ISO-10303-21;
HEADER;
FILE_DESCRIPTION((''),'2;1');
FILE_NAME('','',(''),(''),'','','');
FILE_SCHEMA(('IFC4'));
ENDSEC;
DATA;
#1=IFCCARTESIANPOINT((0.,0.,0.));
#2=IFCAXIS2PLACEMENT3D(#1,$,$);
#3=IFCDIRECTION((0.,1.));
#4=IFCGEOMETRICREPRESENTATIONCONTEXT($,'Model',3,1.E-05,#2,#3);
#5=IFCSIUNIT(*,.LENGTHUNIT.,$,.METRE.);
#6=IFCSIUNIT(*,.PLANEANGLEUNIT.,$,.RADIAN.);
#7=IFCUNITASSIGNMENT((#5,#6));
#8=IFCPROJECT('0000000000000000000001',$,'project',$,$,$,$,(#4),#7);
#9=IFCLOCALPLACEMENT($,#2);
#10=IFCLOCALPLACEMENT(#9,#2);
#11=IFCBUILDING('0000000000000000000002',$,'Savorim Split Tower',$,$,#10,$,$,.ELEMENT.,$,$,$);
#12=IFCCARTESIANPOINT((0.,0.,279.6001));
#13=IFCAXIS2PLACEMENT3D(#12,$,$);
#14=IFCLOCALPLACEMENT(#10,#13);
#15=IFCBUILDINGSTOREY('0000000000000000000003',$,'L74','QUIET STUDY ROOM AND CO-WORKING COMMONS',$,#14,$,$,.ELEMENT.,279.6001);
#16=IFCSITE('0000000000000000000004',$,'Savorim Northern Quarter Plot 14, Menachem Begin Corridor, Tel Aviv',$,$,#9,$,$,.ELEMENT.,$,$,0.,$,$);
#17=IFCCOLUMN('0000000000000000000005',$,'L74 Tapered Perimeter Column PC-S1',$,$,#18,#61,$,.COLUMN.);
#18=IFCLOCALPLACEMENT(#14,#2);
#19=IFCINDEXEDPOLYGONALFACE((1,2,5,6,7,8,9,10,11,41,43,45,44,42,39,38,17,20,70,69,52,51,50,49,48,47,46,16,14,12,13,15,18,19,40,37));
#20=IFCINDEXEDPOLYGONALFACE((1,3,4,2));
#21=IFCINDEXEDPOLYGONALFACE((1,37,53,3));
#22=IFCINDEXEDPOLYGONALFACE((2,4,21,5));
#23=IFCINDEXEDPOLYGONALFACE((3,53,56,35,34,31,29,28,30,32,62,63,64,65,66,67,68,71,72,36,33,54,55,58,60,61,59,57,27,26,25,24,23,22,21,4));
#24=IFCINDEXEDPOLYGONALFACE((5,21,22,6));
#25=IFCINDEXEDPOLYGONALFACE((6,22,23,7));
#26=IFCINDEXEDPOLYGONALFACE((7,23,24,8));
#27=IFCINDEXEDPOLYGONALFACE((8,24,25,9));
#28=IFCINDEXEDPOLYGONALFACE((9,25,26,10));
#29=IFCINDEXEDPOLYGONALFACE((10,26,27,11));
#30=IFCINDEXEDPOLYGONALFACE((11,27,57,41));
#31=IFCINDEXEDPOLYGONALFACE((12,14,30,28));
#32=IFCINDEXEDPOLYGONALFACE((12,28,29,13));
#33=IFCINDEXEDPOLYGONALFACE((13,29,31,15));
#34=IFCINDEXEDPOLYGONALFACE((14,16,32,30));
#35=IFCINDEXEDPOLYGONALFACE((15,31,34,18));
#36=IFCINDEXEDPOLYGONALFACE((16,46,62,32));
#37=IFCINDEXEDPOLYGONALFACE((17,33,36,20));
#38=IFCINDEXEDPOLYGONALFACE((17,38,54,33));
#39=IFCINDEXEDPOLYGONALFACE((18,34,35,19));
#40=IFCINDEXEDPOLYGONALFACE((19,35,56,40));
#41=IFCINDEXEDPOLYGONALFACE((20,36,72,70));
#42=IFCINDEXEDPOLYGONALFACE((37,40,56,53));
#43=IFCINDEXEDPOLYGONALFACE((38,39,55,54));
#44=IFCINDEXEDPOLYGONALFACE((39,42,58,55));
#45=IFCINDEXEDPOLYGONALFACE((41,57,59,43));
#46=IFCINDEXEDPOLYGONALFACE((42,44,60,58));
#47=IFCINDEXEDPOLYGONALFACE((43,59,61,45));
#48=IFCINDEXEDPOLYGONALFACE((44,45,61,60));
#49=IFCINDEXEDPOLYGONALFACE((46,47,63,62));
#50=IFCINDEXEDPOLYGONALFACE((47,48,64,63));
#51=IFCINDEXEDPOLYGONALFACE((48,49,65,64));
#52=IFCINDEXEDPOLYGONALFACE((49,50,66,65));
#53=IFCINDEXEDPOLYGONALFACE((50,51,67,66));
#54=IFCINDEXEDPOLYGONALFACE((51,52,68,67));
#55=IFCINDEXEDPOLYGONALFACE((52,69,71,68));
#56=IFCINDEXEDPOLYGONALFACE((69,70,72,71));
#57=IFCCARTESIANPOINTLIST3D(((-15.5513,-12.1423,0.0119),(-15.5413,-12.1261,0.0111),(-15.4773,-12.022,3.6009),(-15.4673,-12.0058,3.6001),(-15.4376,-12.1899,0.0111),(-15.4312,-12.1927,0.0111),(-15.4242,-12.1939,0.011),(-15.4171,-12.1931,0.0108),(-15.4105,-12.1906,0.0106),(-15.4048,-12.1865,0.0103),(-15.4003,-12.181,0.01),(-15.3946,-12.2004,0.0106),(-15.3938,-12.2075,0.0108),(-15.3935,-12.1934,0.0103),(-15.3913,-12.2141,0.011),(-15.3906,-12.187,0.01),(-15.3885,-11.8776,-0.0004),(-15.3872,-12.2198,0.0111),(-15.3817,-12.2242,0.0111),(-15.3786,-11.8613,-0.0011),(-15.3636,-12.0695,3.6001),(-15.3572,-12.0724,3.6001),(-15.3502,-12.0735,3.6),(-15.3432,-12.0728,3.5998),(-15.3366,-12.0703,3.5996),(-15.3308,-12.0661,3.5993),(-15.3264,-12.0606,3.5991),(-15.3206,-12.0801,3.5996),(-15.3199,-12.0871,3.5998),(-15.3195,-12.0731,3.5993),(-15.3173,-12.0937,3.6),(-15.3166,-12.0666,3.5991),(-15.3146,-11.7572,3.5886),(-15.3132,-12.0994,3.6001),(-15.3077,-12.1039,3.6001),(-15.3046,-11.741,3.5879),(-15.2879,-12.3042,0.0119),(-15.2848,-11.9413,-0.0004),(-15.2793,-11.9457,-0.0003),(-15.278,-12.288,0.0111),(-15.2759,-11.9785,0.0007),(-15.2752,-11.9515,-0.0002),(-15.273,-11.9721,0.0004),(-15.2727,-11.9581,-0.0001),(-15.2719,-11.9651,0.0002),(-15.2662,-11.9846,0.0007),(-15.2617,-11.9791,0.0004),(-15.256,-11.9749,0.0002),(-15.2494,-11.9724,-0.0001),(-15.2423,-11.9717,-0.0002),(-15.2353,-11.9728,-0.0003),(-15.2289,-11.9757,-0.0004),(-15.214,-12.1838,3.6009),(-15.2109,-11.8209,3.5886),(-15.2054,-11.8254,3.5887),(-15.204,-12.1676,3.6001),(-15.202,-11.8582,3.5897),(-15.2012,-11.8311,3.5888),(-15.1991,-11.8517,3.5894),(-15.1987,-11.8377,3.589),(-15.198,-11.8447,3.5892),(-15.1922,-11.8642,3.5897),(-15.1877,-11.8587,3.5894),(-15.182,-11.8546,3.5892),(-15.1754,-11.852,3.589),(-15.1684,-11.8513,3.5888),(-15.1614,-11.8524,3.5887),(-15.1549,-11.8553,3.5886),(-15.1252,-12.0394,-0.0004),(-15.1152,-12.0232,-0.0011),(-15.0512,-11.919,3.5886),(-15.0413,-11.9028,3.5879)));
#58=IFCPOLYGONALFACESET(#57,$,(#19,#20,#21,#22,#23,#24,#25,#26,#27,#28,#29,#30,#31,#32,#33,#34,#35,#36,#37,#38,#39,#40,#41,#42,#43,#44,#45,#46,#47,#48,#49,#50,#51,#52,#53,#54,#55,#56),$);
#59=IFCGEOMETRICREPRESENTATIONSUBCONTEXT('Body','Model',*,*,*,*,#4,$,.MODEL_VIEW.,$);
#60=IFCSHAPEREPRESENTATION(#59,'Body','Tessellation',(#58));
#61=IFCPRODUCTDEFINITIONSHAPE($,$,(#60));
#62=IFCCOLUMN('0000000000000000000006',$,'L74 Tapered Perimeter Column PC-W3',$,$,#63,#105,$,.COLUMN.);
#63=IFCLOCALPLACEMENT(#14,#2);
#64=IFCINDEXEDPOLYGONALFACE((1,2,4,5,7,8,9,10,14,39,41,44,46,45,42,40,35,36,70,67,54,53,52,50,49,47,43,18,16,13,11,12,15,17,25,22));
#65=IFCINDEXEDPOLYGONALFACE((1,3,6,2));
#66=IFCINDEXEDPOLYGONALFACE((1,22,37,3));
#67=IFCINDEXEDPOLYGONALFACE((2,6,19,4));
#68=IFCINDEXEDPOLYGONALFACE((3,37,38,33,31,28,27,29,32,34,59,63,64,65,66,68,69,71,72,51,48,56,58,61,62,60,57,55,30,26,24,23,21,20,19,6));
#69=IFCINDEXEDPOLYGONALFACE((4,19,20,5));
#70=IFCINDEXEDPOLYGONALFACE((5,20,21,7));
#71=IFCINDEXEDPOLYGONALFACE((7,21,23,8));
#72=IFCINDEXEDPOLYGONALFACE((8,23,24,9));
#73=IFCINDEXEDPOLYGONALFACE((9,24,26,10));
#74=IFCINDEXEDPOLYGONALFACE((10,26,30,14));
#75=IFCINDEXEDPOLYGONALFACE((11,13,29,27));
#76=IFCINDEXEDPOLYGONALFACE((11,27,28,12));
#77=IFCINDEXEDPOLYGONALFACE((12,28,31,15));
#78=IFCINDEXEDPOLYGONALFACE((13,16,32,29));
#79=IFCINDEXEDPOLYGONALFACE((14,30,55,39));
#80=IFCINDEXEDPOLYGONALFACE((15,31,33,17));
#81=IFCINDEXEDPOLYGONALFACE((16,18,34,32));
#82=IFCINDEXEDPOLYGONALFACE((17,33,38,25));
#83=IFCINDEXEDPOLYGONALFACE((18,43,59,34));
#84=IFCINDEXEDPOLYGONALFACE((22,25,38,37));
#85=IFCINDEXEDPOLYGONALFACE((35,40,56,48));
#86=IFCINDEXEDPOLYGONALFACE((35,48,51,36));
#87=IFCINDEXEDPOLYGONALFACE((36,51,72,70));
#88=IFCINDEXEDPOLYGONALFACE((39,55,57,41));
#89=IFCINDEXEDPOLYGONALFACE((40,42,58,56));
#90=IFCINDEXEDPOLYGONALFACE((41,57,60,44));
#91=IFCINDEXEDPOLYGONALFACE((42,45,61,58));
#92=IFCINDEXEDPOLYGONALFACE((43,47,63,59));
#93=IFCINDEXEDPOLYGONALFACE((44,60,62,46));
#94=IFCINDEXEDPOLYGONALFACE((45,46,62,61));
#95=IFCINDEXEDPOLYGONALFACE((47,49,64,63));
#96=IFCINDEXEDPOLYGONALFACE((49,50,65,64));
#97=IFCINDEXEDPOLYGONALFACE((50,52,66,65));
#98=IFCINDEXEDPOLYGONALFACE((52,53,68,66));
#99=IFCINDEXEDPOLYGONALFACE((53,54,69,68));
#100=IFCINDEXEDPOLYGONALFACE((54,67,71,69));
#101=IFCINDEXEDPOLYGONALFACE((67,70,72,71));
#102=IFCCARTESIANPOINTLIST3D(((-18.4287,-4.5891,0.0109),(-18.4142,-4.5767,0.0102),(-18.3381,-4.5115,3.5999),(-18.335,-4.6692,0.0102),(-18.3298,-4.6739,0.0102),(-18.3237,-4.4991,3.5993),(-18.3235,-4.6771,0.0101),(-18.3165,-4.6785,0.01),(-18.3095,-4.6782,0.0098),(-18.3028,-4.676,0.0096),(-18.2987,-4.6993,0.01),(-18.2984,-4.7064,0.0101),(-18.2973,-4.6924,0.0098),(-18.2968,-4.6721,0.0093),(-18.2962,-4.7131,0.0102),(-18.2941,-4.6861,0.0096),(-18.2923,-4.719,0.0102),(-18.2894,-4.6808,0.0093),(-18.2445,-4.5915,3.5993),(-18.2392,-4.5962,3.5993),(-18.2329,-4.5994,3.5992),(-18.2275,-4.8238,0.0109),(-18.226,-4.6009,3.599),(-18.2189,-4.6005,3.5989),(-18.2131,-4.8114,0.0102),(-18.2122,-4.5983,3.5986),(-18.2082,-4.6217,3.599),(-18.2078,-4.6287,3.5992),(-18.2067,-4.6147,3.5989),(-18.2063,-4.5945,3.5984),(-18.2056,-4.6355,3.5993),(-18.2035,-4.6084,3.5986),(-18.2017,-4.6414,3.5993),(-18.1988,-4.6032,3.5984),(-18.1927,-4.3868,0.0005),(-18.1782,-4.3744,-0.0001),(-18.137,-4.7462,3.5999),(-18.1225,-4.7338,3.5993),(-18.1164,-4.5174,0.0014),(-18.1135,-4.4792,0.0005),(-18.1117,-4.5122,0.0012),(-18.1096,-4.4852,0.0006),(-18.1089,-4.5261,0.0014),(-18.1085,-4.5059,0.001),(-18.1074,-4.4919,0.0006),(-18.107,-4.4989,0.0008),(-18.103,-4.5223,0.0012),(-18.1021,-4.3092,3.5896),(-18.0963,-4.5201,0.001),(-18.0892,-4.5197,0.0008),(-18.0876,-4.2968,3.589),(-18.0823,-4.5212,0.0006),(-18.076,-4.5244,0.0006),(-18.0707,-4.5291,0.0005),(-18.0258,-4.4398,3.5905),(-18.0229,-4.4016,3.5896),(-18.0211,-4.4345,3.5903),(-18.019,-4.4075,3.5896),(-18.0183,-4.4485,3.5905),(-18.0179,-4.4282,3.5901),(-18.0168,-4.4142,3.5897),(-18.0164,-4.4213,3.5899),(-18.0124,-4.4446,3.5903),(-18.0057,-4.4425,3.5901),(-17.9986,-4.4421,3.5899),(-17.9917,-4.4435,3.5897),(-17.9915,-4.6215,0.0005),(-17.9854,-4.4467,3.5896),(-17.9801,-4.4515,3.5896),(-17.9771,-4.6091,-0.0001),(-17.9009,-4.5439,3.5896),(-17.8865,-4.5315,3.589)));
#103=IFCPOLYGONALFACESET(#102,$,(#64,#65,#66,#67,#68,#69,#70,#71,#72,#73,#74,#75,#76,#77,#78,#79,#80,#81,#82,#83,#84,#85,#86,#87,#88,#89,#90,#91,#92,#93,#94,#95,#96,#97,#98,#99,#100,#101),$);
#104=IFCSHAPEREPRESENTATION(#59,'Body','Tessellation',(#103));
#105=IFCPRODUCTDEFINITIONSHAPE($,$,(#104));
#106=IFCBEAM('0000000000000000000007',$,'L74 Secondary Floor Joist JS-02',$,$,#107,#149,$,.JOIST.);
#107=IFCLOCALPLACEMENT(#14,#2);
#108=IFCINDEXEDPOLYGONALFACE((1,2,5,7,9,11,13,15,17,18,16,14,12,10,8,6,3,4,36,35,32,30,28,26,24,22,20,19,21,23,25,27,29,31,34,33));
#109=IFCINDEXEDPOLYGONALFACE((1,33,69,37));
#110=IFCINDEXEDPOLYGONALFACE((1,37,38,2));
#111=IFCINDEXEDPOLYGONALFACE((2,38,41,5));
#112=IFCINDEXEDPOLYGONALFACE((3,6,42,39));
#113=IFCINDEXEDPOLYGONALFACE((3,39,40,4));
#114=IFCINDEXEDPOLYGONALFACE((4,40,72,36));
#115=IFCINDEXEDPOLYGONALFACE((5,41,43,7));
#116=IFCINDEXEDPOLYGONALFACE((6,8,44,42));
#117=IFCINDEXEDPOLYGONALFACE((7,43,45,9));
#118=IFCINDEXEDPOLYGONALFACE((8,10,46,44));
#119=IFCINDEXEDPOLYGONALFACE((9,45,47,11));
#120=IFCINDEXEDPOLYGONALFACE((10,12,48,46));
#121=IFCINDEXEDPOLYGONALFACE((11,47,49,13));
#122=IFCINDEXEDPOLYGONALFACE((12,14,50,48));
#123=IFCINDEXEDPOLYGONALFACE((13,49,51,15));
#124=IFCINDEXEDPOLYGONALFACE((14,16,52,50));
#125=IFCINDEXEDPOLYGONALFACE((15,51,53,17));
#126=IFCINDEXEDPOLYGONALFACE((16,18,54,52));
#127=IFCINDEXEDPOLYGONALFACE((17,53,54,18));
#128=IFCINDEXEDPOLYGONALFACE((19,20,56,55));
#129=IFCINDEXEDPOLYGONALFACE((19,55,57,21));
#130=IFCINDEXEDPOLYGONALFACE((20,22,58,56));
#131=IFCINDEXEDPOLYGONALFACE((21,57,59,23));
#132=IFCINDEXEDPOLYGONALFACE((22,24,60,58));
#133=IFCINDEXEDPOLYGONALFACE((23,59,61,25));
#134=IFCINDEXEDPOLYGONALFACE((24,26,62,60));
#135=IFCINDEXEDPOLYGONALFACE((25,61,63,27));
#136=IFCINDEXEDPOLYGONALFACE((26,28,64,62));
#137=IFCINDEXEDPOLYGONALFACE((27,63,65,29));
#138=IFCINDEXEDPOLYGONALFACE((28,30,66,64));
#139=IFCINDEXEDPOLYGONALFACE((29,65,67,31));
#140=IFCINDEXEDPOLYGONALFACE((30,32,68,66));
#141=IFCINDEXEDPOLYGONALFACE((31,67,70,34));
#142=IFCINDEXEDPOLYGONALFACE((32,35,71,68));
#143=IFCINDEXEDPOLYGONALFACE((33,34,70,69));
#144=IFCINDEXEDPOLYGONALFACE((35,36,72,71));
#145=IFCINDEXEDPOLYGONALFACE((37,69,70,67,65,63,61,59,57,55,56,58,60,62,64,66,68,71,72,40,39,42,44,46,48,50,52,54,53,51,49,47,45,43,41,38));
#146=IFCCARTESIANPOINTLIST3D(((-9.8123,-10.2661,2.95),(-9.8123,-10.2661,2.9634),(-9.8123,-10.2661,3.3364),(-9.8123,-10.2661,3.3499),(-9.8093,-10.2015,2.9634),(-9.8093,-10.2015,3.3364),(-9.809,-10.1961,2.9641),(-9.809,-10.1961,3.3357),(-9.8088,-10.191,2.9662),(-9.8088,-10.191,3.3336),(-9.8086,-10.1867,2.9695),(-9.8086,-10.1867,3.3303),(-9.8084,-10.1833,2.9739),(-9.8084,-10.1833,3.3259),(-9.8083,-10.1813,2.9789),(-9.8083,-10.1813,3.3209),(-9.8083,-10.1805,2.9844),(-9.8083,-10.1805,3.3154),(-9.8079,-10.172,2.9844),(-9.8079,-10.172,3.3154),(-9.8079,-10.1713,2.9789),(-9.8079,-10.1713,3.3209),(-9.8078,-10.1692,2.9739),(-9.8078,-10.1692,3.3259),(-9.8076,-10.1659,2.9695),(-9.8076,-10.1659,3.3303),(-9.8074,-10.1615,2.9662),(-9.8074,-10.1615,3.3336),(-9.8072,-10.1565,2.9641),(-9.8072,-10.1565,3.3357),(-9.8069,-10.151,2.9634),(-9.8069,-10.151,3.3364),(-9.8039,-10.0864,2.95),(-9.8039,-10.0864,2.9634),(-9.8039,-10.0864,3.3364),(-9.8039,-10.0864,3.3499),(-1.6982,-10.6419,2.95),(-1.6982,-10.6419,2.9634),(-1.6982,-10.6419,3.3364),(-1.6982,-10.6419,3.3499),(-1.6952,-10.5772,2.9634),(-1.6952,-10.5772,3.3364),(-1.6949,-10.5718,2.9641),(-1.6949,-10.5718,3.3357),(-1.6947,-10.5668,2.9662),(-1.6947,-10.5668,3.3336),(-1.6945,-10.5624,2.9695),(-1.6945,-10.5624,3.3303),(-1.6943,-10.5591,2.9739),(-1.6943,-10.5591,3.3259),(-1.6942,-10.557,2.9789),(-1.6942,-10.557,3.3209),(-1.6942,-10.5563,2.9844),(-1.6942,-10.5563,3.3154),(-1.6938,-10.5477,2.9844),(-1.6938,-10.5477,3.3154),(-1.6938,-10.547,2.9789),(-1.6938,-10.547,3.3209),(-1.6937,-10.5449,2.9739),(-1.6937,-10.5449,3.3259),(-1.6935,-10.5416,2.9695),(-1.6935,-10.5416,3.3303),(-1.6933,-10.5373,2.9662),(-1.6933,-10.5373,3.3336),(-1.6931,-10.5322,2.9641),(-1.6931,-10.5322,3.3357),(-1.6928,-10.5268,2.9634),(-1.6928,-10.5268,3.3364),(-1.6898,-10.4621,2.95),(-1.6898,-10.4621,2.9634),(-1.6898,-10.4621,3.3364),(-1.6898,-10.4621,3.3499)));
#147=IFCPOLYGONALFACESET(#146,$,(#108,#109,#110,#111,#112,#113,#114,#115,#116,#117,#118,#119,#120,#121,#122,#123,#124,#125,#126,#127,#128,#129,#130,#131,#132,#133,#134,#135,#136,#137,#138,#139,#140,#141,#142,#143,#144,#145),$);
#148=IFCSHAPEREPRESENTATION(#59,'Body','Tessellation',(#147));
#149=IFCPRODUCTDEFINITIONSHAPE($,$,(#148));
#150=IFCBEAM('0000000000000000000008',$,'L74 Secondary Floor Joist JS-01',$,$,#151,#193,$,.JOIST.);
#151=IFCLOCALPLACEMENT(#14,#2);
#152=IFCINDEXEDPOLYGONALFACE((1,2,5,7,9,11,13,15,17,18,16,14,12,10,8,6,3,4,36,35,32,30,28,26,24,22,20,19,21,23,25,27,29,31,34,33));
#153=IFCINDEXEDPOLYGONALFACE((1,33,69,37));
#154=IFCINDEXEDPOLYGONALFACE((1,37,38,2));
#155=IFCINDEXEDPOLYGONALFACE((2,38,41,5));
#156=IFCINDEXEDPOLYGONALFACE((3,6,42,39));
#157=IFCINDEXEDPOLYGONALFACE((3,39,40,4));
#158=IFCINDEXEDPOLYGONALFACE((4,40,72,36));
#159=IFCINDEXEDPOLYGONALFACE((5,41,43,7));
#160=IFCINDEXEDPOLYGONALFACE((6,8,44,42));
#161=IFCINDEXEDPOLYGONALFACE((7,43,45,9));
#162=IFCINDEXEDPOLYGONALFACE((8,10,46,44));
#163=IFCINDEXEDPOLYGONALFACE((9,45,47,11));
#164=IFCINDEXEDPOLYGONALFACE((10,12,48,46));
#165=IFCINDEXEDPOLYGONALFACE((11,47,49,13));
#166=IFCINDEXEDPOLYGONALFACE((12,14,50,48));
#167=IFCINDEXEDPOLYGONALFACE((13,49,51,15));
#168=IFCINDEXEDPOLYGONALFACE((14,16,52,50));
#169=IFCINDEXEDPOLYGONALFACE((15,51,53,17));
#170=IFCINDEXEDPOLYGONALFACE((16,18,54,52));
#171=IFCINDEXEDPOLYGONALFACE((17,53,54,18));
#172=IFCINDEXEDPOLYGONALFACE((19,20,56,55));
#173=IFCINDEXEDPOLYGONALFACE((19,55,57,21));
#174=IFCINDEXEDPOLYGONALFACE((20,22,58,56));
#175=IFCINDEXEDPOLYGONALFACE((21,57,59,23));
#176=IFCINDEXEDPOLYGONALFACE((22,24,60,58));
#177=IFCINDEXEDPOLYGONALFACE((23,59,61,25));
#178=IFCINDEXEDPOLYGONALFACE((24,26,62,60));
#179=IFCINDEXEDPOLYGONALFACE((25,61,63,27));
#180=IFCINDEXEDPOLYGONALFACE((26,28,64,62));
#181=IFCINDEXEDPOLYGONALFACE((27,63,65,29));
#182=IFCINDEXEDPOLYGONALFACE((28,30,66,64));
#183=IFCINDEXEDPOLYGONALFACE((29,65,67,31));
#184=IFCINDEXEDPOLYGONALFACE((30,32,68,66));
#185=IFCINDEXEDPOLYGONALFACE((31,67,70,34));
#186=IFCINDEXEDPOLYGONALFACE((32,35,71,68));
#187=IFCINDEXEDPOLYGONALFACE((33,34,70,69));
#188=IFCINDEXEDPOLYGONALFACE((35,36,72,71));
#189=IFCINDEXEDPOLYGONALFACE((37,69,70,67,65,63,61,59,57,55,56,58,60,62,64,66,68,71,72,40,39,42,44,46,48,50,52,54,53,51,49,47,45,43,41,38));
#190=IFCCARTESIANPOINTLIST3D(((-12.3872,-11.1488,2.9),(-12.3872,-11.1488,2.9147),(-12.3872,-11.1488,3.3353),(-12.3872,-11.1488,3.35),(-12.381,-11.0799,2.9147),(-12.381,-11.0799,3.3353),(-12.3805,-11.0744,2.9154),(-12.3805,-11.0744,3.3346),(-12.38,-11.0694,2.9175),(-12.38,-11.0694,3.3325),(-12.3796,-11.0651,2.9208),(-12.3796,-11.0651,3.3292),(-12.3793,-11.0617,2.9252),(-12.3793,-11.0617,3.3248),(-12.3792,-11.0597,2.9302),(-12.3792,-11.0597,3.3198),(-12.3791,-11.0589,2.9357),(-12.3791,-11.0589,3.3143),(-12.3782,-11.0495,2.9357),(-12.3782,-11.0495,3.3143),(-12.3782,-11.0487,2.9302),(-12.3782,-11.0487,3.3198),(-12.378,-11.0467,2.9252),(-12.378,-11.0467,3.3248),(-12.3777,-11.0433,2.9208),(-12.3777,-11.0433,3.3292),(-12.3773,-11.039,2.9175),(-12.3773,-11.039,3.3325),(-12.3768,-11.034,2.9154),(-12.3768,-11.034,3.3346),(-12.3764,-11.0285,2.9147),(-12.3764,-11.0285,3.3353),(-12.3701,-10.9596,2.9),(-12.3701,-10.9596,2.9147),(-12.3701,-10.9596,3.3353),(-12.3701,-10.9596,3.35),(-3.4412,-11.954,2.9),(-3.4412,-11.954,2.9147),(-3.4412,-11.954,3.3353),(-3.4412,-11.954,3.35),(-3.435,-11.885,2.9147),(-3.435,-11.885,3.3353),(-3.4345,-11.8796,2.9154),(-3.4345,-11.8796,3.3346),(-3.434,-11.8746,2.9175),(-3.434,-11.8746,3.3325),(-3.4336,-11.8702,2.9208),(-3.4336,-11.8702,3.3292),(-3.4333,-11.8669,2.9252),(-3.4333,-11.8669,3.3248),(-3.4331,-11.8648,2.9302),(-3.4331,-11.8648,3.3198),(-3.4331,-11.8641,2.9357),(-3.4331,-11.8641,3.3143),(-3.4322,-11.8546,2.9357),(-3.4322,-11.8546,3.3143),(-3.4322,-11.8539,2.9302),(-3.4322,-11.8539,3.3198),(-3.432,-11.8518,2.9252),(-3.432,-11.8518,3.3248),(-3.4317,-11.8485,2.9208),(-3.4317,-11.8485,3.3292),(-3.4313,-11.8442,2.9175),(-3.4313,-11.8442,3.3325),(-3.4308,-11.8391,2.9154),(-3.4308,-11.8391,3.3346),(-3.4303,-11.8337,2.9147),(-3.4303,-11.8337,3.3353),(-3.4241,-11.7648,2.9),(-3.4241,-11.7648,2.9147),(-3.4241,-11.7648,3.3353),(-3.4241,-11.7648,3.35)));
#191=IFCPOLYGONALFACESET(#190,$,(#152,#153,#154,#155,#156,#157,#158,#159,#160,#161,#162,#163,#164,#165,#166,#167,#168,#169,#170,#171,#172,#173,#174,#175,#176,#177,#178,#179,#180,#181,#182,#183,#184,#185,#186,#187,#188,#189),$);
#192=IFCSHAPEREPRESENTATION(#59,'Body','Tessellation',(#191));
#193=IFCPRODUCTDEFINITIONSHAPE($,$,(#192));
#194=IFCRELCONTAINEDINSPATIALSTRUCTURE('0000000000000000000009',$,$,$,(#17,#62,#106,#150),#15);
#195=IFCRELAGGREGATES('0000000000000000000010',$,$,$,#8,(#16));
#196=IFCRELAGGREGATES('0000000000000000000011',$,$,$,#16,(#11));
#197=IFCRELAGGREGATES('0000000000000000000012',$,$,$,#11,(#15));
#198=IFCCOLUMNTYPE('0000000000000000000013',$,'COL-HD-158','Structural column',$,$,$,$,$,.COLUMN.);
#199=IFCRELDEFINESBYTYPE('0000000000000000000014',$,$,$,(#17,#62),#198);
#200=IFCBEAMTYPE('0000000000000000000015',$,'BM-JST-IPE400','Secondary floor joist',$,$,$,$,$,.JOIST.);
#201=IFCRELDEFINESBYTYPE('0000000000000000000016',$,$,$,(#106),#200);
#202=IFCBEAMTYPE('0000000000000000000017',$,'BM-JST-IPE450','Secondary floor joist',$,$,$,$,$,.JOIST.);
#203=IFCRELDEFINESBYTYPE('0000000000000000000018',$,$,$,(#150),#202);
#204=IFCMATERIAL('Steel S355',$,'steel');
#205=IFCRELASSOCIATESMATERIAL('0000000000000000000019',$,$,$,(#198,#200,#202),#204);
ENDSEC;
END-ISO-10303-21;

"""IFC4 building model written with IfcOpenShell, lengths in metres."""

from ifc_helpers import new_model, si_unit, direction, frame, origin, origin_2d, place, context, subcontext, project, spatial, i_section, extrude, material, material_profile, profile_set, type_object, element, save


model = new_model("IFC4")

# Units and contexts
model_context = context("Model", 3, precision=1e-05, world=origin(), true_north=direction((0.0, 1.0)))
body_context = subcontext(model_context, "Body", "Model", "MODEL_VIEW")
ifc_project = project(units=[si_unit("LENGTHUNIT", "METRE"), si_unit("PLANEANGLEUNIT", "RADIAN")], contexts=[model_context])

# Site, building, storey
site_placement = place(None, origin())
site = spatial("IfcSite", under=ifc_project, at=site_placement, Name="Savorim Northern Quarter Plot 14, Menachem Begin Corridor, Tel Aviv", CompositionType="ELEMENT", RefElevation=0.0)
building_placement = place(site_placement, origin())
building = spatial("IfcBuilding", under=site, at=building_placement, Name="Savorim Split Tower", CompositionType="ELEMENT")
storey_placement = place(building_placement, frame((0.0, 0.0, 279.6001)))
storey = spatial("IfcBuildingStorey", under=building, at=storey_placement, Name="L74", Description="QUIET STUDY ROOM AND CO-WORKING COMMONS", CompositionType="ELEMENT", Elevation=279.6001)

# Columns
ifc_material_1 = material(Name="Steel S355", Category="steel")
ifc_material_profile_1 = material_profile(ifc_material_1, i_section(OverallWidth=0.3091, OverallDepth=0.3301, WebThickness=0.0115, FlangeThickness=0.019, FilletRadius=0.0271, at=origin_2d()), Name="HD 320x158")
ifc_profile_set_1 = profile_set([ifc_material_profile_1], Name="Steel S355")
column_type = type_object("IfcColumnType", Name="COL-HD-158", Description="Structural column", PredefinedType="COLUMN", material=ifc_profile_set_1)
column_1_placement = place(storey_placement, frame((-15.3333, -12.0828, 0.0054), z_axis=(0.020595, 0.033509, 0.999226), x_axis=(-0.851955, 0.523615, 0.0)))
element("IfcColumn", 1, at=column_1_placement, inside=storey, type_object=column_type, Name="L74 Tapered Perimeter Column PC-S1", PredefinedType="COLUMN", context=body_context, shape_type="SweptSolid", body=[
    extrude(i_section(OverallWidth=0.3091, OverallDepth=0.3301, WebThickness=0.0115, FlangeThickness=0.019, FilletRadius=0.0271, at=origin_2d()), origin(), (0.0, 0.0, 1.0), 3.5918),
])
column_2_placement = place(storey_placement, frame((-18.2029, -4.5991, 0.0054), z_axis=(0.025222, 0.021619, 0.999448), x_axis=(-0.650791, 0.759257, 0.0)))
element("IfcColumn", 2, at=column_2_placement, inside=storey, type_object=column_type, Name="L74 Tapered Perimeter Column PC-W3", PredefinedType="COLUMN", context=body_context, shape_type="SweptSolid", body=[
    extrude(i_section(OverallWidth=0.3091, OverallDepth=0.3301, WebThickness=0.0115, FlangeThickness=0.019, FilletRadius=0.0271, at=origin_2d()), origin(), (0.0, 0.0, 1.0), 3.5911),
])

# Beams
ifc_material_profile_2 = material_profile(ifc_material_1, i_section(OverallWidth=0.1799, OverallDepth=0.3999, WebThickness=0.0085, FlangeThickness=0.0134, FilletRadius=0.021, at=origin_2d()), Name="IPE 400")
ifc_profile_set_2 = profile_set([ifc_material_profile_2], Name="Steel S355")
beam_type_1 = type_object("IfcBeamType", Name="BM-JST-IPE400", Description="Secondary floor joist", PredefinedType="JOIST", material=ifc_profile_set_2)
beam_1_placement = place(storey_placement, frame((-9.8081, -10.1763, 3.1499), z_axis=(0.99893, -0.046257, 0.0), x_axis=(0.046257, 0.99893, 0.0)))
element("IfcBeam", 3, at=beam_1_placement, inside=storey, type_object=beam_type_1, Name="L74 Secondary Floor Joist JS-02", PredefinedType="JOIST", context=body_context, shape_type="SweptSolid", body=[
    extrude(i_section(OverallWidth=0.1799, OverallDepth=0.3999, WebThickness=0.0085, FlangeThickness=0.0134, FilletRadius=0.021, at=origin_2d()), origin(), (0.0, 0.0, 1.0), 8.1228),
])
ifc_material_profile_3 = material_profile(ifc_material_1, i_section(OverallWidth=0.1899, OverallDepth=0.45, WebThickness=0.0095, FlangeThickness=0.0146, FilletRadius=0.021, at=origin_2d()), Name="IPE 450")
ifc_profile_set_3 = profile_set([ifc_material_profile_3], Name="Steel S355")
beam_type_2 = type_object("IfcBeamType", Name="BM-JST-IPE450", Description="Secondary floor joist", PredefinedType="JOIST", material=ifc_profile_set_3)
beam_2_placement = place(storey_placement, frame((-12.3787, -11.0542, 3.125), z_axis=(0.995974, -0.089641, 0.0), x_axis=(0.089641, 0.995974, 0.0)))
element("IfcBeam", 4, at=beam_2_placement, inside=storey, type_object=beam_type_2, Name="L74 Secondary Floor Joist JS-01", PredefinedType="JOIST", context=body_context, shape_type="SweptSolid", body=[
    extrude(i_section(OverallWidth=0.1899, OverallDepth=0.45, WebThickness=0.0095, FlangeThickness=0.0146, FilletRadius=0.021, at=origin_2d()), origin(), (0.0, 0.0, 1.0), 8.9822),
])

save(model, "model.ifc")
